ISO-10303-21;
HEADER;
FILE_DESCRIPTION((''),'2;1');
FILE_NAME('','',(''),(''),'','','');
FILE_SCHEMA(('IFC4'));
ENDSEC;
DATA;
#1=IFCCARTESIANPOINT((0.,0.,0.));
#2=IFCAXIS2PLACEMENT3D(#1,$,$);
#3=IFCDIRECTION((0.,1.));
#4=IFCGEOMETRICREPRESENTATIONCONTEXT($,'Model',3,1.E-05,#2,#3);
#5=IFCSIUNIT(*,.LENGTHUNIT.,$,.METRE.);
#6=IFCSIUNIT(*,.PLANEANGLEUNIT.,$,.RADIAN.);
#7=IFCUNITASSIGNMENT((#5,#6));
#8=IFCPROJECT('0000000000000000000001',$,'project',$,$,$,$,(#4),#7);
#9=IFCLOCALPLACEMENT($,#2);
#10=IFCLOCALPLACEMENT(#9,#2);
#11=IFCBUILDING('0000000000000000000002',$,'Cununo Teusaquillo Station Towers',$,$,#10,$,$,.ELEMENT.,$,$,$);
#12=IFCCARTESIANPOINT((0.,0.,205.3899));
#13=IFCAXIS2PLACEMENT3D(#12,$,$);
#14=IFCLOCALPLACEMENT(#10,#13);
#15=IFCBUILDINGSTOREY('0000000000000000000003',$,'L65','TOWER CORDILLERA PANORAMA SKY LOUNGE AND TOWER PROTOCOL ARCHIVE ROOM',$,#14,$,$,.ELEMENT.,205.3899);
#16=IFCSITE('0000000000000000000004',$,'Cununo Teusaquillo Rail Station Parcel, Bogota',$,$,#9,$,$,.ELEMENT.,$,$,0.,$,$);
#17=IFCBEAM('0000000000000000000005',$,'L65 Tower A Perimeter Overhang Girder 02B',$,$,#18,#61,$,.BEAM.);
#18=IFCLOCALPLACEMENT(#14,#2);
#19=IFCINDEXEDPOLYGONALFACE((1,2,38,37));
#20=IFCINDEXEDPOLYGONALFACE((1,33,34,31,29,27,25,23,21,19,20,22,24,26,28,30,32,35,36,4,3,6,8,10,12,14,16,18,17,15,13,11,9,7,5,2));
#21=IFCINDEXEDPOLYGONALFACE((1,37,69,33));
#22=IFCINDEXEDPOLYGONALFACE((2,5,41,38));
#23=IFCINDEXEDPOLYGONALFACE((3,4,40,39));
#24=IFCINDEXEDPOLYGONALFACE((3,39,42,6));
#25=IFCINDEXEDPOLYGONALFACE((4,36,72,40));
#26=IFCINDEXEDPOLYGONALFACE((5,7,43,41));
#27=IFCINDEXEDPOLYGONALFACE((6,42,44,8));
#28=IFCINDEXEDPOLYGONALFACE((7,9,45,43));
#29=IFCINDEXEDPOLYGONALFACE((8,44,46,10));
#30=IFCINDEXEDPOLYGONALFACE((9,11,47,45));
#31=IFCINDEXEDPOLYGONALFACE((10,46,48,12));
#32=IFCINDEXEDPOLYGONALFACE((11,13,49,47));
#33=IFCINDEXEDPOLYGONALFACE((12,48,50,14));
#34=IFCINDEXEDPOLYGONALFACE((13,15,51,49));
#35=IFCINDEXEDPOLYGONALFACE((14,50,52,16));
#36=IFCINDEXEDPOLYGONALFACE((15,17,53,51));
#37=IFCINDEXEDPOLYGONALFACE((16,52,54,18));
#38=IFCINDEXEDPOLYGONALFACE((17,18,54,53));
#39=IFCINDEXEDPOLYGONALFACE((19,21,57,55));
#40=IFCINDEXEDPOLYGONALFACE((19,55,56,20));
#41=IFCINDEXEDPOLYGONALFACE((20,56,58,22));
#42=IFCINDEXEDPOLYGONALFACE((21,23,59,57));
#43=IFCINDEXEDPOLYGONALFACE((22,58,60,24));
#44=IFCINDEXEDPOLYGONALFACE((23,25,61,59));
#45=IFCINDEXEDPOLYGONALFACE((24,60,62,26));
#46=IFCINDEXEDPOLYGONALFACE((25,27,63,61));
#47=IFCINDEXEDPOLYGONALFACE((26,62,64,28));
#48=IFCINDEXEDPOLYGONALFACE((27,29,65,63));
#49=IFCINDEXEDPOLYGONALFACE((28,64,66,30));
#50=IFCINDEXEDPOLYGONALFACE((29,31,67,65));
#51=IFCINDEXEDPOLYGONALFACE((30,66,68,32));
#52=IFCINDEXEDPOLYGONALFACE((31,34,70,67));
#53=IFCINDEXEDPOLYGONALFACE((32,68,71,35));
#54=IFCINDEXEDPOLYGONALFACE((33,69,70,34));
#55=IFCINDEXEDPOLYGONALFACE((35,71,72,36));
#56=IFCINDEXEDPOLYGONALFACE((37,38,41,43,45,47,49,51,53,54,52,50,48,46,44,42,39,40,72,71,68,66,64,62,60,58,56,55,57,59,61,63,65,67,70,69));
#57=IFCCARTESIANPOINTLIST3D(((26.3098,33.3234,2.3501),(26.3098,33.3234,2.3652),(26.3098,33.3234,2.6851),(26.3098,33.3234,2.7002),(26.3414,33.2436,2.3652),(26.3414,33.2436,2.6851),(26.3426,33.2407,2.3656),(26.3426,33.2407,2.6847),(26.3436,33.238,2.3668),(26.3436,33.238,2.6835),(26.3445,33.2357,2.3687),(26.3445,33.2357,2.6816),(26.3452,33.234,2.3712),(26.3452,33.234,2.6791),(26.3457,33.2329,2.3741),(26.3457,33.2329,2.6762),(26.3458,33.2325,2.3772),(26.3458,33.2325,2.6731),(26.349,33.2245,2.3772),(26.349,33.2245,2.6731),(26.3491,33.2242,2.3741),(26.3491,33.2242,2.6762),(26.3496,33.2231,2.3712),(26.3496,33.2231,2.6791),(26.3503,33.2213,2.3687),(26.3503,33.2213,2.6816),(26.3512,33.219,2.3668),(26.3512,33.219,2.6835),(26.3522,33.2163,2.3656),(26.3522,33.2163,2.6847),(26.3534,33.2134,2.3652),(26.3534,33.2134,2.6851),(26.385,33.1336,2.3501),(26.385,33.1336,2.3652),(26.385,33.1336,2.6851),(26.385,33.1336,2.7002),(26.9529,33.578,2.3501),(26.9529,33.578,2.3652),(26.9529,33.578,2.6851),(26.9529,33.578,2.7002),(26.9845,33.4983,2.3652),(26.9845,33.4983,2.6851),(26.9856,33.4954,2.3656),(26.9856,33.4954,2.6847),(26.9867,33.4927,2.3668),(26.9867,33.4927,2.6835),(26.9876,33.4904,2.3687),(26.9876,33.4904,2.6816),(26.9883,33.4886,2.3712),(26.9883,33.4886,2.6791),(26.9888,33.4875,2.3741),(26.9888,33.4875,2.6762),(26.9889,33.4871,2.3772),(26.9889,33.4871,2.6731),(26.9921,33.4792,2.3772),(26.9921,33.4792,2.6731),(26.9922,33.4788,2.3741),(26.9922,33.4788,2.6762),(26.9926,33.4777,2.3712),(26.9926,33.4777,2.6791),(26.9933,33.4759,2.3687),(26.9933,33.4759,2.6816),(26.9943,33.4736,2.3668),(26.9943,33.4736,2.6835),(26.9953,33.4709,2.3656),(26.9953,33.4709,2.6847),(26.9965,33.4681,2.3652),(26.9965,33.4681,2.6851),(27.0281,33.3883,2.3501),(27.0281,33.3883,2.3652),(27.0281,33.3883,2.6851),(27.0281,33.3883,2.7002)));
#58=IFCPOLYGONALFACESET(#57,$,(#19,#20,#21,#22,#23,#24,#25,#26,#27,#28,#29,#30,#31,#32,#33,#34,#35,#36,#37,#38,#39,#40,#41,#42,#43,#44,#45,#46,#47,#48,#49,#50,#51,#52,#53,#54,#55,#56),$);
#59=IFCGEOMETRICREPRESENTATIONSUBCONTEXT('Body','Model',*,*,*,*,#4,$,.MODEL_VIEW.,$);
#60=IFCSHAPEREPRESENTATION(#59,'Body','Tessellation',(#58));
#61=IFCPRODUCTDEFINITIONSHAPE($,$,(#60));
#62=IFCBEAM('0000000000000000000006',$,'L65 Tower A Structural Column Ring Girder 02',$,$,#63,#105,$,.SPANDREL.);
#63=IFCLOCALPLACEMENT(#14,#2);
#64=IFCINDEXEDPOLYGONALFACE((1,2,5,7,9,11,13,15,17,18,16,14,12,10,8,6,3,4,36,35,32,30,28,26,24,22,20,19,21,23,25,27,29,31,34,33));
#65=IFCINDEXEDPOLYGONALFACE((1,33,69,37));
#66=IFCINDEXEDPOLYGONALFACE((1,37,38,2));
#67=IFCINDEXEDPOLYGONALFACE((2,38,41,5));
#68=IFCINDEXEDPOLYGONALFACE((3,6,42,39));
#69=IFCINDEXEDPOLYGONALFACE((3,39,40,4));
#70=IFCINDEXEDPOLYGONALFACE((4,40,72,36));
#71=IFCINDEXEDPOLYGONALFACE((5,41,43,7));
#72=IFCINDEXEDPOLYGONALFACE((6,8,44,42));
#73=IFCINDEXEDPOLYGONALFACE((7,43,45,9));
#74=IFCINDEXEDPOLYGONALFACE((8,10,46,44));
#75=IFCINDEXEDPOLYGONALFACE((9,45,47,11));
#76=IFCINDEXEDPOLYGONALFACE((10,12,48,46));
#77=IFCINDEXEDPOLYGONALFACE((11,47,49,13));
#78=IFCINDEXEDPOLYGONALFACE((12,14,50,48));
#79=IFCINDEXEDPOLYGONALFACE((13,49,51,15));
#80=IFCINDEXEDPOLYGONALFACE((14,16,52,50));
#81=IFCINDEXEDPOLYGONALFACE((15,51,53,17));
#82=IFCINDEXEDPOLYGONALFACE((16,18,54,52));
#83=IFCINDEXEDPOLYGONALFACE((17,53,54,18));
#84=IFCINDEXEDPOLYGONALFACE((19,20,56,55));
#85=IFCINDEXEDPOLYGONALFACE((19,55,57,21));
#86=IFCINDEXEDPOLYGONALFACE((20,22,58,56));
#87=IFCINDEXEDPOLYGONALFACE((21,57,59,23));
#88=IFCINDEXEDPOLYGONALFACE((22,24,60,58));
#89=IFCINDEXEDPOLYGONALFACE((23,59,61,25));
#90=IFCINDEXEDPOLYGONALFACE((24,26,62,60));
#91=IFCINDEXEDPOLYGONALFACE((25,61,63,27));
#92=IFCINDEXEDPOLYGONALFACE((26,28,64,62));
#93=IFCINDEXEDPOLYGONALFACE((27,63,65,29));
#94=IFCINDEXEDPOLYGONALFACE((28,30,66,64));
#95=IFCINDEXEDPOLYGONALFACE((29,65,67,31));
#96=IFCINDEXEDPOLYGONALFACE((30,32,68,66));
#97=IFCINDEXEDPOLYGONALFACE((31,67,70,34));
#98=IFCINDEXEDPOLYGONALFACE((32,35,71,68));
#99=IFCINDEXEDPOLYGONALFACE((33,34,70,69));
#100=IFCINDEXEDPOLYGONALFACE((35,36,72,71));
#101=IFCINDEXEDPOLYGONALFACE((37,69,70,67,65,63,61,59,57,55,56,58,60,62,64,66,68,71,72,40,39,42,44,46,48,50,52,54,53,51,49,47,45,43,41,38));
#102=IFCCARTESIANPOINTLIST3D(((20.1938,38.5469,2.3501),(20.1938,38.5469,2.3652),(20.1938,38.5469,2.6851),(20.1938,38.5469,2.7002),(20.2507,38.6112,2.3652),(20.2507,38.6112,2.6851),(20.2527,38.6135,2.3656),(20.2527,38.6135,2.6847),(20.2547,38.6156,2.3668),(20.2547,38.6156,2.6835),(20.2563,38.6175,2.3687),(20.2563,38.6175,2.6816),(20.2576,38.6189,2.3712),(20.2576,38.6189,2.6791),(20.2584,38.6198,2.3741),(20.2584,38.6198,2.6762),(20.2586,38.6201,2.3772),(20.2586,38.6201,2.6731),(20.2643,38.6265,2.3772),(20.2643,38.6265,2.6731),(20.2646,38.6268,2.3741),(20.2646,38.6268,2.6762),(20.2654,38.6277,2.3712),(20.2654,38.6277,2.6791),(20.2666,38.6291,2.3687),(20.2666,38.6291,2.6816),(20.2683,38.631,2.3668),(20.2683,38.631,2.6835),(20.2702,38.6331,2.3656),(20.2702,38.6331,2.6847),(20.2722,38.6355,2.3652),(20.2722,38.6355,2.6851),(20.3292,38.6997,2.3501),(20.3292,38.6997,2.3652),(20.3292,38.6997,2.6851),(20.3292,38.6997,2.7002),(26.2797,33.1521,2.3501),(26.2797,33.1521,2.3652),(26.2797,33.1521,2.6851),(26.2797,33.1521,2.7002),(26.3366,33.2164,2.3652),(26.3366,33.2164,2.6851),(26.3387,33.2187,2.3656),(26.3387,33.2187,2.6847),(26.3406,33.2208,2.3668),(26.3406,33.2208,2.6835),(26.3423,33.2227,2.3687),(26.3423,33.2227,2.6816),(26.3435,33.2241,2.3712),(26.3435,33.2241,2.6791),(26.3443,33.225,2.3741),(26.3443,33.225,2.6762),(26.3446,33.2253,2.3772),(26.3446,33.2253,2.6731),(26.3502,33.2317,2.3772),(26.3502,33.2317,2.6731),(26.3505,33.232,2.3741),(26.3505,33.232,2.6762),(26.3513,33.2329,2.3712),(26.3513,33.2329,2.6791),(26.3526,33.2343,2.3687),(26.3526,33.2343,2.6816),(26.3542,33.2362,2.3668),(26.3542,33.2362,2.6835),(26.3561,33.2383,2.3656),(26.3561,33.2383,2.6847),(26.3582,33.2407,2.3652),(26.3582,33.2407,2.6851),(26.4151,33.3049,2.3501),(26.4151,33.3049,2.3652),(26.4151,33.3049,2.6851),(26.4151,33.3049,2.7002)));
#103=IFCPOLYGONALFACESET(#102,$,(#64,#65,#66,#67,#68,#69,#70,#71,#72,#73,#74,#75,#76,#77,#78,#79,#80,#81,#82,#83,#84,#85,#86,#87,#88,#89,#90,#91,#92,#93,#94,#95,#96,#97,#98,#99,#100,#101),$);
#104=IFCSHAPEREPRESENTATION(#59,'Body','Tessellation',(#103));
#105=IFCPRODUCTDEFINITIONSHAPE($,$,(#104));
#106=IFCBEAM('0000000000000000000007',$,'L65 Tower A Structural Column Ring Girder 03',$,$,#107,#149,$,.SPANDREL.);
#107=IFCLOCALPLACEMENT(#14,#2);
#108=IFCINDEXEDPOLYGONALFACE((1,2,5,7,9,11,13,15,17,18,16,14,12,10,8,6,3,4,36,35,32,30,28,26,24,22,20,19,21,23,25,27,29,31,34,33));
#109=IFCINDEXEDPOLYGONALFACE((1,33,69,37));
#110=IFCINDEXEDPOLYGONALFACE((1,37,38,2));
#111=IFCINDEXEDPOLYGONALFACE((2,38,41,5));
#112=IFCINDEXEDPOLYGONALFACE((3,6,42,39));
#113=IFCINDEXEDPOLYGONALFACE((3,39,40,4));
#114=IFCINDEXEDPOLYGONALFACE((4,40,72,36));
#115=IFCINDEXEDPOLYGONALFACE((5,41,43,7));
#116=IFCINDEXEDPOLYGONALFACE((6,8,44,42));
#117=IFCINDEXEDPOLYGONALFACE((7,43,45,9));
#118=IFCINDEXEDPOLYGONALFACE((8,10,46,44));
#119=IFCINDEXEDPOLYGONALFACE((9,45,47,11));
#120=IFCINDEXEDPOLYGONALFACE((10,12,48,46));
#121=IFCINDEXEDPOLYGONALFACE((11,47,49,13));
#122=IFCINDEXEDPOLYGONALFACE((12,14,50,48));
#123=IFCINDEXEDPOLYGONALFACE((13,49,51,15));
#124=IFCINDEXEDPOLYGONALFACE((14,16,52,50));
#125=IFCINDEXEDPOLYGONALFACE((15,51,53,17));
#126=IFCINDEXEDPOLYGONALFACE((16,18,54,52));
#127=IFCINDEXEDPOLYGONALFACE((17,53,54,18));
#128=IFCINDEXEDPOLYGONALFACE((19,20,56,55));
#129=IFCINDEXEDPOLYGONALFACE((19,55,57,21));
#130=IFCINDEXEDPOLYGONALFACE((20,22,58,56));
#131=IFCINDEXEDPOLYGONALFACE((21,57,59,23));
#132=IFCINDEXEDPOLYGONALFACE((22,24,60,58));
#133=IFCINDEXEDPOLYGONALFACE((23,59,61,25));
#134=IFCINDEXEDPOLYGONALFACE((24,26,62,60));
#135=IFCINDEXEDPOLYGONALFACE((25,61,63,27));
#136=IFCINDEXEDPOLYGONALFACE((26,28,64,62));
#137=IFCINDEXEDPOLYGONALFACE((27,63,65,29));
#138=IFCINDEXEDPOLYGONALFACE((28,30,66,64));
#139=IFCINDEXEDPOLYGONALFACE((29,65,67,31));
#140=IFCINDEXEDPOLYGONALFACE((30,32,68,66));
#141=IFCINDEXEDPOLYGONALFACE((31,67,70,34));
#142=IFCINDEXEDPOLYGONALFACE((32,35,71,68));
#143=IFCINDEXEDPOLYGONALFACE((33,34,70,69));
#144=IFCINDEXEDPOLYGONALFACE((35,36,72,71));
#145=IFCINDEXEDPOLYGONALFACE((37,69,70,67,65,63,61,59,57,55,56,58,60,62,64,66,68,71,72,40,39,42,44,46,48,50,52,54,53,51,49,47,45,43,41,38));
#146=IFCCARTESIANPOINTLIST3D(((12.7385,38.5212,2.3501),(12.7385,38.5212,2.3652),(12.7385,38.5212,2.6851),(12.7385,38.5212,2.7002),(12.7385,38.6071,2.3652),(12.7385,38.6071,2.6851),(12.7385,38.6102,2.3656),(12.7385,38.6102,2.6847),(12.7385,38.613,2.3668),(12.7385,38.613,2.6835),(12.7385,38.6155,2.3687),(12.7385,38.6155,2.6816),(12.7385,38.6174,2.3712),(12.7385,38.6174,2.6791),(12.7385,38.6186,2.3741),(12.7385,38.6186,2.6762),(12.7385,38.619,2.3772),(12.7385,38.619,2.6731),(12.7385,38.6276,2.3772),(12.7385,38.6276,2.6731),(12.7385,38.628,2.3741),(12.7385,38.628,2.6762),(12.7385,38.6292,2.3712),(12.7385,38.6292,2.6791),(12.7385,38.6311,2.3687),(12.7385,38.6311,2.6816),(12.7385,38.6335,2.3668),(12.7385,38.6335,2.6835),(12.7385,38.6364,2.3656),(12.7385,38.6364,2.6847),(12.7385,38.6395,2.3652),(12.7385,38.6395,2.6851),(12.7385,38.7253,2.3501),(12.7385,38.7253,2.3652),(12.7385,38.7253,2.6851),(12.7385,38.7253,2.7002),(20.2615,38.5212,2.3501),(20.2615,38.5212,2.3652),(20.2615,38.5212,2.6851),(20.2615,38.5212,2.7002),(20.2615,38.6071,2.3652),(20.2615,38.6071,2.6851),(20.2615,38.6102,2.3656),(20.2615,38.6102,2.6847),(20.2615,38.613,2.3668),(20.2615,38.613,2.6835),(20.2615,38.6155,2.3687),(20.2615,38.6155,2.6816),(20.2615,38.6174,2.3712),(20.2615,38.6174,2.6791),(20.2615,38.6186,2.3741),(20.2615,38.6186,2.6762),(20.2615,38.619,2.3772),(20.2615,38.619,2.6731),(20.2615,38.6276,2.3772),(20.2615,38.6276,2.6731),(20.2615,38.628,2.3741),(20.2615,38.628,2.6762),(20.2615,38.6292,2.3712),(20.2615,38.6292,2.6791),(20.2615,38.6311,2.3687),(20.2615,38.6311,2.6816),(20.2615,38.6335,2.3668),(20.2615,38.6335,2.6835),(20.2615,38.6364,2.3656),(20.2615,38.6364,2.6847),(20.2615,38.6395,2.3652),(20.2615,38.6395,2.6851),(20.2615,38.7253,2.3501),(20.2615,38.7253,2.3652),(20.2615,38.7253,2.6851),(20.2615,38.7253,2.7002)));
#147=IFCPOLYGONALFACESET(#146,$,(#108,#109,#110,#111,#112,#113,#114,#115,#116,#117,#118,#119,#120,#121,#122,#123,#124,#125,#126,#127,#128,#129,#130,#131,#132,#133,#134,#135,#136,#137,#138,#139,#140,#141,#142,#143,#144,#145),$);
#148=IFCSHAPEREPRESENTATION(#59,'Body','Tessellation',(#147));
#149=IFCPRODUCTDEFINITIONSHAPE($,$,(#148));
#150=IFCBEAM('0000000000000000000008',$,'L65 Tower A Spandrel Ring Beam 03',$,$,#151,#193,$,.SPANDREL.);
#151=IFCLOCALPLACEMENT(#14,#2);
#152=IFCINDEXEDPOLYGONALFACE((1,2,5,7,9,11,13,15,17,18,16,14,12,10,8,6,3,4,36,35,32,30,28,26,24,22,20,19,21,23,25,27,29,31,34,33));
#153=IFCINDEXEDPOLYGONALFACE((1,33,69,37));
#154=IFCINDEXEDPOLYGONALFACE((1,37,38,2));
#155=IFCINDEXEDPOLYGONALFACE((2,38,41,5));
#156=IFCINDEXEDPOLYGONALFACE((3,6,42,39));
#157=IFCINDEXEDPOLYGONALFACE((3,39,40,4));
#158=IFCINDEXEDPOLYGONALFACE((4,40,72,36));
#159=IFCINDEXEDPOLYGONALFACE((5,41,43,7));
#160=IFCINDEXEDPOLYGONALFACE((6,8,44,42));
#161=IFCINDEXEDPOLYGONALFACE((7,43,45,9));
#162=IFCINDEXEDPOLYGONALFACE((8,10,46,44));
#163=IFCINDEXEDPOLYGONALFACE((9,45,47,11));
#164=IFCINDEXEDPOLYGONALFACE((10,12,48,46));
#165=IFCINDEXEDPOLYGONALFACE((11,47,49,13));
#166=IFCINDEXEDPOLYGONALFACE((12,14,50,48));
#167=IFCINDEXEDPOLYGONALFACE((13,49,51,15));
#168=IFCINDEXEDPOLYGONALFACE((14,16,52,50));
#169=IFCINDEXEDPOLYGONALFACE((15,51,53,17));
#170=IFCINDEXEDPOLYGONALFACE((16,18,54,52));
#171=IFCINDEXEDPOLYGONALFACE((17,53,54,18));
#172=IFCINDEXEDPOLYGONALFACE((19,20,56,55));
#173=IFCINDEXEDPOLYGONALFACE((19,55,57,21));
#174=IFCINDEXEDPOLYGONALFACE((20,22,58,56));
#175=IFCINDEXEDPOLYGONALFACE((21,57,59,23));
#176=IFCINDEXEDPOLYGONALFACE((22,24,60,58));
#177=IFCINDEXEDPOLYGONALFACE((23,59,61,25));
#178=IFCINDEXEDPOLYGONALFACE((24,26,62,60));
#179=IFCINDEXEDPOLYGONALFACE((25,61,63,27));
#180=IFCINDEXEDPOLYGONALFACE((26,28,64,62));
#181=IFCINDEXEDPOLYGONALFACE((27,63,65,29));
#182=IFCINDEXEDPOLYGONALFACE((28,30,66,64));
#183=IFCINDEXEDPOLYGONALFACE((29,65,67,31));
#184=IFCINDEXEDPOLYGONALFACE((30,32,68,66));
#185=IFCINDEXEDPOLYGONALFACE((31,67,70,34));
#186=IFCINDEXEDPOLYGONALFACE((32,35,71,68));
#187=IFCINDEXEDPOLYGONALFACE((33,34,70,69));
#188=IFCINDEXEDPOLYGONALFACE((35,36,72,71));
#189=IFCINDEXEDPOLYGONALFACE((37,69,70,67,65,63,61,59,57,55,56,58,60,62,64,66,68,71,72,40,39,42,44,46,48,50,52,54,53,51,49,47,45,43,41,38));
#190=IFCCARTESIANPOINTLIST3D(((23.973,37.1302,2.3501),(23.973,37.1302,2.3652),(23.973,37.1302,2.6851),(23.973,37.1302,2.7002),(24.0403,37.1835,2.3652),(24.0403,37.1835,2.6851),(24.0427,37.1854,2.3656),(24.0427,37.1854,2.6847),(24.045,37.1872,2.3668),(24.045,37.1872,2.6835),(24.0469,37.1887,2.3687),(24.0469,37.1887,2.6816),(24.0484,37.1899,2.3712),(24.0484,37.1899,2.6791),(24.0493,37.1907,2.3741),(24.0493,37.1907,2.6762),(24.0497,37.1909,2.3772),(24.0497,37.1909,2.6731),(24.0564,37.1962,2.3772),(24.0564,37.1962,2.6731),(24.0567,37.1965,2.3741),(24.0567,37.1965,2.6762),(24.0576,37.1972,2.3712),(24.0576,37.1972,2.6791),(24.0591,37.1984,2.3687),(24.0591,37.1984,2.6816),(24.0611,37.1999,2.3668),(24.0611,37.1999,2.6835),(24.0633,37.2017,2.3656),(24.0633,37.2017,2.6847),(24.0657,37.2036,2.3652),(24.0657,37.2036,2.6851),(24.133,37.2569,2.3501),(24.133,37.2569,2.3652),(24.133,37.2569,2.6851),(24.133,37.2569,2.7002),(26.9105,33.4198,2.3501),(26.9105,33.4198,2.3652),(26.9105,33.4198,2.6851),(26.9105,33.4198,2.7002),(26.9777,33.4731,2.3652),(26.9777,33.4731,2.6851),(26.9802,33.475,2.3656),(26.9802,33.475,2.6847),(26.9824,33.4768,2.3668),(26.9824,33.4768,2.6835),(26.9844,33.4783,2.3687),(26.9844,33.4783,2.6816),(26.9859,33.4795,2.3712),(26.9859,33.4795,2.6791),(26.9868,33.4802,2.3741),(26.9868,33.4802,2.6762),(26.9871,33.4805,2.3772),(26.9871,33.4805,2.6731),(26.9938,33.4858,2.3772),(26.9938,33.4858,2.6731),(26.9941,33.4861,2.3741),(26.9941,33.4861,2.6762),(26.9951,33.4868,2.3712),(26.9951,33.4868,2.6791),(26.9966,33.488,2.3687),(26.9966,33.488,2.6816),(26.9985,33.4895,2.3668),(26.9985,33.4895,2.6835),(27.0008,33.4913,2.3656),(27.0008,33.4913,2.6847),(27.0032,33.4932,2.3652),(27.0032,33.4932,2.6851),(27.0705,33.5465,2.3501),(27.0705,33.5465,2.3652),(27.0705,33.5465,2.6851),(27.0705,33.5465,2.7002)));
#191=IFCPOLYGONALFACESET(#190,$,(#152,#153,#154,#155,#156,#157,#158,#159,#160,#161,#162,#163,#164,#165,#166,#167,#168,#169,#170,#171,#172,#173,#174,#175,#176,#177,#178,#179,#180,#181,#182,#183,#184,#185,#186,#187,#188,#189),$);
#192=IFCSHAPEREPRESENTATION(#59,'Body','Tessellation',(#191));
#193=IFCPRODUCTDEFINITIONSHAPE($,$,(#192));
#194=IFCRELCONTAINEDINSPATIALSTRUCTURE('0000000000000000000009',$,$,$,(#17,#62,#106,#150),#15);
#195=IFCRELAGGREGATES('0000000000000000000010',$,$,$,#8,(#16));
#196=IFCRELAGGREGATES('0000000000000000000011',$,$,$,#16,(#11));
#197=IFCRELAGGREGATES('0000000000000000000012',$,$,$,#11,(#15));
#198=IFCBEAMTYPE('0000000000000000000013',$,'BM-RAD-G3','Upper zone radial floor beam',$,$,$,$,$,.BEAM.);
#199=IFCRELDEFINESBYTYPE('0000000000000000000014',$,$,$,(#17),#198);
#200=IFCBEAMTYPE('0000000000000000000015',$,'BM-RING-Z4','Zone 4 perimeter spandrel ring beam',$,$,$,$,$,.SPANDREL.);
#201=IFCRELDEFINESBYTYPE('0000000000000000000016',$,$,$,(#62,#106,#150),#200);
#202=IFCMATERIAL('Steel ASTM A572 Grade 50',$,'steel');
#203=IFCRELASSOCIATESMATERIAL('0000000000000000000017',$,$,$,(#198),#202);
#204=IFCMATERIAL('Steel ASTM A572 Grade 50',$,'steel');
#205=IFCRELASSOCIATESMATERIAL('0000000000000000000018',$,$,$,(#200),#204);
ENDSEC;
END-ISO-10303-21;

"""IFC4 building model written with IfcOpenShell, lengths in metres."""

from ifc_helpers import new_model, si_unit, direction, frame, origin, origin_2d, place, context, subcontext, project, spatial, i_section, extrude, material, material_profile, profile_set, type_object, element, save


model = new_model("IFC4")

# Units and contexts
model_context = context("Model", 3, precision=1e-05, world=origin(), true_north=direction((0.0, 1.0)))
body_context = subcontext(model_context, "Body", "Model", "MODEL_VIEW")
ifc_project = project(units=[si_unit("LENGTHUNIT", "METRE"), si_unit("PLANEANGLEUNIT", "RADIAN")], contexts=[model_context])

# Site, building, storey
site_placement = place(None, origin())
site = spatial("IfcSite", under=ifc_project, at=site_placement, Name="Cununo Teusaquillo Rail Station Parcel, Bogota", CompositionType="ELEMENT", RefElevation=0.0)
building_placement = place(site_placement, origin())
building = spatial("IfcBuilding", under=site, at=building_placement, Name="Cununo Teusaquillo Station Towers", CompositionType="ELEMENT")
storey_placement = place(building_placement, frame((0.0, 0.0, 205.3899)))
storey = spatial("IfcBuildingStorey", under=building, at=storey_placement, Name="L65", Description="TOWER CORDILLERA PANORAMA SKY LOUNGE AND TOWER PROTOCOL ARCHIVE ROOM", CompositionType="ELEMENT", Elevation=205.3899)

# Beams
ifc_material_1 = material(Name="Steel ASTM A572 Grade 50", Category="steel")
ifc_material_profile_1 = material_profile(ifc_material_1, i_section(OverallWidth=0.2041, OverallDepth=0.3501, WebThickness=0.0085, FlangeThickness=0.0151, FilletRadius=0.012, at=origin_2d()), Name="W14X48")
ifc_profile_set_1 = profile_set([ifc_material_profile_1], Name="Steel ASTM A572 Grade 50")
beam_type_1 = type_object("IfcBeamType", Name="BM-RAD-G3", Description="Upper zone radial floor beam", PredefinedType="BEAM", material=ifc_profile_set_1)
beam_1_placement = place(storey_placement, frame((26.3474, 33.2285, 2.5251), z_axis=(0.929761, 0.368163, 0.0), x_axis=(-0.368163, 0.929761, 0.0)))
element("IfcBeam", 1, at=beam_1_placement, inside=storey, type_object=beam_type_1, Name="L65 Tower A Perimeter Overhang Girder 02B", PredefinedType="BEAM", context=body_context, shape_type="SweptSolid", body=[
    extrude(i_section(OverallWidth=0.2041, OverallDepth=0.3501, WebThickness=0.0085, FlangeThickness=0.0151, FilletRadius=0.012, at=origin_2d()), origin(), (0.0, 0.0, 1.0), 0.6917),
])
ifc_material_2 = material(Name="Steel ASTM A572 Grade 50", Category="steel")
ifc_material_profile_2 = material_profile(ifc_material_2, i_section(OverallWidth=0.2041, OverallDepth=0.3501, WebThickness=0.0085, FlangeThickness=0.0151, FilletRadius=0.012, at=origin_2d()), Name="W14X48")
ifc_profile_set_2 = profile_set([ifc_material_profile_2], Name="Steel ASTM A572 Grade 50")
beam_type_2 = type_object("IfcBeamType", Name="BM-RING-Z4", Description="Zone 4 perimeter spandrel ring beam", PredefinedType="SPANDREL", material=ifc_profile_set_2)
beam_2_placement = place(storey_placement, frame((26.3474, 33.2285, 2.5251), z_axis=(-0.748321, 0.663337, 0.0), x_axis=(-0.663337, -0.748321, 0.0)))
element("IfcBeam", 2, at=beam_2_placement, inside=storey, type_object=beam_type_2, Name="L65 Tower A Structural Column Ring Girder 02", PredefinedType="SPANDREL", context=body_context, shape_type="SweptSolid", body=[
    extrude(i_section(OverallWidth=0.2041, OverallDepth=0.3501, WebThickness=0.0085, FlangeThickness=0.0151, FilletRadius=0.012, at=origin_2d()), origin(), (0.0, 0.0, 1.0), 8.1328),
])
beam_3_placement = place(storey_placement, frame((20.2615, 38.6233, 2.5251), z_axis=(-1.0, 0.0, 0.0), x_axis=(0.0, -1.0, 0.0)))
element("IfcBeam", 3, at=beam_3_placement, inside=storey, type_object=beam_type_2, Name="L65 Tower A Structural Column Ring Girder 03", PredefinedType="SPANDREL", context=body_context, shape_type="SweptSolid", body=[
    extrude(i_section(OverallWidth=0.2041, OverallDepth=0.3501, WebThickness=0.0085, FlangeThickness=0.0151, FilletRadius=0.012, at=origin_2d()), origin(), (0.0, 0.0, 1.0), 7.5229),
])
beam_4_placement = place(storey_placement, frame((26.9905, 33.4832, 2.5251), z_axis=(-0.620711, 0.78404, 0.0), x_axis=(-0.78404, -0.620711, 0.0)))
element("IfcBeam", 4, at=beam_4_placement, inside=storey, type_object=beam_type_2, Name="L65 Tower A Spandrel Ring Beam 03", PredefinedType="SPANDREL", context=body_context, shape_type="SweptSolid", body=[
    extrude(i_section(OverallWidth=0.2041, OverallDepth=0.3501, WebThickness=0.0085, FlangeThickness=0.0151, FilletRadius=0.012, at=origin_2d()), origin(), (0.0, 0.0, 1.0), 4.7324),
])

save(model, "model.ifc")
